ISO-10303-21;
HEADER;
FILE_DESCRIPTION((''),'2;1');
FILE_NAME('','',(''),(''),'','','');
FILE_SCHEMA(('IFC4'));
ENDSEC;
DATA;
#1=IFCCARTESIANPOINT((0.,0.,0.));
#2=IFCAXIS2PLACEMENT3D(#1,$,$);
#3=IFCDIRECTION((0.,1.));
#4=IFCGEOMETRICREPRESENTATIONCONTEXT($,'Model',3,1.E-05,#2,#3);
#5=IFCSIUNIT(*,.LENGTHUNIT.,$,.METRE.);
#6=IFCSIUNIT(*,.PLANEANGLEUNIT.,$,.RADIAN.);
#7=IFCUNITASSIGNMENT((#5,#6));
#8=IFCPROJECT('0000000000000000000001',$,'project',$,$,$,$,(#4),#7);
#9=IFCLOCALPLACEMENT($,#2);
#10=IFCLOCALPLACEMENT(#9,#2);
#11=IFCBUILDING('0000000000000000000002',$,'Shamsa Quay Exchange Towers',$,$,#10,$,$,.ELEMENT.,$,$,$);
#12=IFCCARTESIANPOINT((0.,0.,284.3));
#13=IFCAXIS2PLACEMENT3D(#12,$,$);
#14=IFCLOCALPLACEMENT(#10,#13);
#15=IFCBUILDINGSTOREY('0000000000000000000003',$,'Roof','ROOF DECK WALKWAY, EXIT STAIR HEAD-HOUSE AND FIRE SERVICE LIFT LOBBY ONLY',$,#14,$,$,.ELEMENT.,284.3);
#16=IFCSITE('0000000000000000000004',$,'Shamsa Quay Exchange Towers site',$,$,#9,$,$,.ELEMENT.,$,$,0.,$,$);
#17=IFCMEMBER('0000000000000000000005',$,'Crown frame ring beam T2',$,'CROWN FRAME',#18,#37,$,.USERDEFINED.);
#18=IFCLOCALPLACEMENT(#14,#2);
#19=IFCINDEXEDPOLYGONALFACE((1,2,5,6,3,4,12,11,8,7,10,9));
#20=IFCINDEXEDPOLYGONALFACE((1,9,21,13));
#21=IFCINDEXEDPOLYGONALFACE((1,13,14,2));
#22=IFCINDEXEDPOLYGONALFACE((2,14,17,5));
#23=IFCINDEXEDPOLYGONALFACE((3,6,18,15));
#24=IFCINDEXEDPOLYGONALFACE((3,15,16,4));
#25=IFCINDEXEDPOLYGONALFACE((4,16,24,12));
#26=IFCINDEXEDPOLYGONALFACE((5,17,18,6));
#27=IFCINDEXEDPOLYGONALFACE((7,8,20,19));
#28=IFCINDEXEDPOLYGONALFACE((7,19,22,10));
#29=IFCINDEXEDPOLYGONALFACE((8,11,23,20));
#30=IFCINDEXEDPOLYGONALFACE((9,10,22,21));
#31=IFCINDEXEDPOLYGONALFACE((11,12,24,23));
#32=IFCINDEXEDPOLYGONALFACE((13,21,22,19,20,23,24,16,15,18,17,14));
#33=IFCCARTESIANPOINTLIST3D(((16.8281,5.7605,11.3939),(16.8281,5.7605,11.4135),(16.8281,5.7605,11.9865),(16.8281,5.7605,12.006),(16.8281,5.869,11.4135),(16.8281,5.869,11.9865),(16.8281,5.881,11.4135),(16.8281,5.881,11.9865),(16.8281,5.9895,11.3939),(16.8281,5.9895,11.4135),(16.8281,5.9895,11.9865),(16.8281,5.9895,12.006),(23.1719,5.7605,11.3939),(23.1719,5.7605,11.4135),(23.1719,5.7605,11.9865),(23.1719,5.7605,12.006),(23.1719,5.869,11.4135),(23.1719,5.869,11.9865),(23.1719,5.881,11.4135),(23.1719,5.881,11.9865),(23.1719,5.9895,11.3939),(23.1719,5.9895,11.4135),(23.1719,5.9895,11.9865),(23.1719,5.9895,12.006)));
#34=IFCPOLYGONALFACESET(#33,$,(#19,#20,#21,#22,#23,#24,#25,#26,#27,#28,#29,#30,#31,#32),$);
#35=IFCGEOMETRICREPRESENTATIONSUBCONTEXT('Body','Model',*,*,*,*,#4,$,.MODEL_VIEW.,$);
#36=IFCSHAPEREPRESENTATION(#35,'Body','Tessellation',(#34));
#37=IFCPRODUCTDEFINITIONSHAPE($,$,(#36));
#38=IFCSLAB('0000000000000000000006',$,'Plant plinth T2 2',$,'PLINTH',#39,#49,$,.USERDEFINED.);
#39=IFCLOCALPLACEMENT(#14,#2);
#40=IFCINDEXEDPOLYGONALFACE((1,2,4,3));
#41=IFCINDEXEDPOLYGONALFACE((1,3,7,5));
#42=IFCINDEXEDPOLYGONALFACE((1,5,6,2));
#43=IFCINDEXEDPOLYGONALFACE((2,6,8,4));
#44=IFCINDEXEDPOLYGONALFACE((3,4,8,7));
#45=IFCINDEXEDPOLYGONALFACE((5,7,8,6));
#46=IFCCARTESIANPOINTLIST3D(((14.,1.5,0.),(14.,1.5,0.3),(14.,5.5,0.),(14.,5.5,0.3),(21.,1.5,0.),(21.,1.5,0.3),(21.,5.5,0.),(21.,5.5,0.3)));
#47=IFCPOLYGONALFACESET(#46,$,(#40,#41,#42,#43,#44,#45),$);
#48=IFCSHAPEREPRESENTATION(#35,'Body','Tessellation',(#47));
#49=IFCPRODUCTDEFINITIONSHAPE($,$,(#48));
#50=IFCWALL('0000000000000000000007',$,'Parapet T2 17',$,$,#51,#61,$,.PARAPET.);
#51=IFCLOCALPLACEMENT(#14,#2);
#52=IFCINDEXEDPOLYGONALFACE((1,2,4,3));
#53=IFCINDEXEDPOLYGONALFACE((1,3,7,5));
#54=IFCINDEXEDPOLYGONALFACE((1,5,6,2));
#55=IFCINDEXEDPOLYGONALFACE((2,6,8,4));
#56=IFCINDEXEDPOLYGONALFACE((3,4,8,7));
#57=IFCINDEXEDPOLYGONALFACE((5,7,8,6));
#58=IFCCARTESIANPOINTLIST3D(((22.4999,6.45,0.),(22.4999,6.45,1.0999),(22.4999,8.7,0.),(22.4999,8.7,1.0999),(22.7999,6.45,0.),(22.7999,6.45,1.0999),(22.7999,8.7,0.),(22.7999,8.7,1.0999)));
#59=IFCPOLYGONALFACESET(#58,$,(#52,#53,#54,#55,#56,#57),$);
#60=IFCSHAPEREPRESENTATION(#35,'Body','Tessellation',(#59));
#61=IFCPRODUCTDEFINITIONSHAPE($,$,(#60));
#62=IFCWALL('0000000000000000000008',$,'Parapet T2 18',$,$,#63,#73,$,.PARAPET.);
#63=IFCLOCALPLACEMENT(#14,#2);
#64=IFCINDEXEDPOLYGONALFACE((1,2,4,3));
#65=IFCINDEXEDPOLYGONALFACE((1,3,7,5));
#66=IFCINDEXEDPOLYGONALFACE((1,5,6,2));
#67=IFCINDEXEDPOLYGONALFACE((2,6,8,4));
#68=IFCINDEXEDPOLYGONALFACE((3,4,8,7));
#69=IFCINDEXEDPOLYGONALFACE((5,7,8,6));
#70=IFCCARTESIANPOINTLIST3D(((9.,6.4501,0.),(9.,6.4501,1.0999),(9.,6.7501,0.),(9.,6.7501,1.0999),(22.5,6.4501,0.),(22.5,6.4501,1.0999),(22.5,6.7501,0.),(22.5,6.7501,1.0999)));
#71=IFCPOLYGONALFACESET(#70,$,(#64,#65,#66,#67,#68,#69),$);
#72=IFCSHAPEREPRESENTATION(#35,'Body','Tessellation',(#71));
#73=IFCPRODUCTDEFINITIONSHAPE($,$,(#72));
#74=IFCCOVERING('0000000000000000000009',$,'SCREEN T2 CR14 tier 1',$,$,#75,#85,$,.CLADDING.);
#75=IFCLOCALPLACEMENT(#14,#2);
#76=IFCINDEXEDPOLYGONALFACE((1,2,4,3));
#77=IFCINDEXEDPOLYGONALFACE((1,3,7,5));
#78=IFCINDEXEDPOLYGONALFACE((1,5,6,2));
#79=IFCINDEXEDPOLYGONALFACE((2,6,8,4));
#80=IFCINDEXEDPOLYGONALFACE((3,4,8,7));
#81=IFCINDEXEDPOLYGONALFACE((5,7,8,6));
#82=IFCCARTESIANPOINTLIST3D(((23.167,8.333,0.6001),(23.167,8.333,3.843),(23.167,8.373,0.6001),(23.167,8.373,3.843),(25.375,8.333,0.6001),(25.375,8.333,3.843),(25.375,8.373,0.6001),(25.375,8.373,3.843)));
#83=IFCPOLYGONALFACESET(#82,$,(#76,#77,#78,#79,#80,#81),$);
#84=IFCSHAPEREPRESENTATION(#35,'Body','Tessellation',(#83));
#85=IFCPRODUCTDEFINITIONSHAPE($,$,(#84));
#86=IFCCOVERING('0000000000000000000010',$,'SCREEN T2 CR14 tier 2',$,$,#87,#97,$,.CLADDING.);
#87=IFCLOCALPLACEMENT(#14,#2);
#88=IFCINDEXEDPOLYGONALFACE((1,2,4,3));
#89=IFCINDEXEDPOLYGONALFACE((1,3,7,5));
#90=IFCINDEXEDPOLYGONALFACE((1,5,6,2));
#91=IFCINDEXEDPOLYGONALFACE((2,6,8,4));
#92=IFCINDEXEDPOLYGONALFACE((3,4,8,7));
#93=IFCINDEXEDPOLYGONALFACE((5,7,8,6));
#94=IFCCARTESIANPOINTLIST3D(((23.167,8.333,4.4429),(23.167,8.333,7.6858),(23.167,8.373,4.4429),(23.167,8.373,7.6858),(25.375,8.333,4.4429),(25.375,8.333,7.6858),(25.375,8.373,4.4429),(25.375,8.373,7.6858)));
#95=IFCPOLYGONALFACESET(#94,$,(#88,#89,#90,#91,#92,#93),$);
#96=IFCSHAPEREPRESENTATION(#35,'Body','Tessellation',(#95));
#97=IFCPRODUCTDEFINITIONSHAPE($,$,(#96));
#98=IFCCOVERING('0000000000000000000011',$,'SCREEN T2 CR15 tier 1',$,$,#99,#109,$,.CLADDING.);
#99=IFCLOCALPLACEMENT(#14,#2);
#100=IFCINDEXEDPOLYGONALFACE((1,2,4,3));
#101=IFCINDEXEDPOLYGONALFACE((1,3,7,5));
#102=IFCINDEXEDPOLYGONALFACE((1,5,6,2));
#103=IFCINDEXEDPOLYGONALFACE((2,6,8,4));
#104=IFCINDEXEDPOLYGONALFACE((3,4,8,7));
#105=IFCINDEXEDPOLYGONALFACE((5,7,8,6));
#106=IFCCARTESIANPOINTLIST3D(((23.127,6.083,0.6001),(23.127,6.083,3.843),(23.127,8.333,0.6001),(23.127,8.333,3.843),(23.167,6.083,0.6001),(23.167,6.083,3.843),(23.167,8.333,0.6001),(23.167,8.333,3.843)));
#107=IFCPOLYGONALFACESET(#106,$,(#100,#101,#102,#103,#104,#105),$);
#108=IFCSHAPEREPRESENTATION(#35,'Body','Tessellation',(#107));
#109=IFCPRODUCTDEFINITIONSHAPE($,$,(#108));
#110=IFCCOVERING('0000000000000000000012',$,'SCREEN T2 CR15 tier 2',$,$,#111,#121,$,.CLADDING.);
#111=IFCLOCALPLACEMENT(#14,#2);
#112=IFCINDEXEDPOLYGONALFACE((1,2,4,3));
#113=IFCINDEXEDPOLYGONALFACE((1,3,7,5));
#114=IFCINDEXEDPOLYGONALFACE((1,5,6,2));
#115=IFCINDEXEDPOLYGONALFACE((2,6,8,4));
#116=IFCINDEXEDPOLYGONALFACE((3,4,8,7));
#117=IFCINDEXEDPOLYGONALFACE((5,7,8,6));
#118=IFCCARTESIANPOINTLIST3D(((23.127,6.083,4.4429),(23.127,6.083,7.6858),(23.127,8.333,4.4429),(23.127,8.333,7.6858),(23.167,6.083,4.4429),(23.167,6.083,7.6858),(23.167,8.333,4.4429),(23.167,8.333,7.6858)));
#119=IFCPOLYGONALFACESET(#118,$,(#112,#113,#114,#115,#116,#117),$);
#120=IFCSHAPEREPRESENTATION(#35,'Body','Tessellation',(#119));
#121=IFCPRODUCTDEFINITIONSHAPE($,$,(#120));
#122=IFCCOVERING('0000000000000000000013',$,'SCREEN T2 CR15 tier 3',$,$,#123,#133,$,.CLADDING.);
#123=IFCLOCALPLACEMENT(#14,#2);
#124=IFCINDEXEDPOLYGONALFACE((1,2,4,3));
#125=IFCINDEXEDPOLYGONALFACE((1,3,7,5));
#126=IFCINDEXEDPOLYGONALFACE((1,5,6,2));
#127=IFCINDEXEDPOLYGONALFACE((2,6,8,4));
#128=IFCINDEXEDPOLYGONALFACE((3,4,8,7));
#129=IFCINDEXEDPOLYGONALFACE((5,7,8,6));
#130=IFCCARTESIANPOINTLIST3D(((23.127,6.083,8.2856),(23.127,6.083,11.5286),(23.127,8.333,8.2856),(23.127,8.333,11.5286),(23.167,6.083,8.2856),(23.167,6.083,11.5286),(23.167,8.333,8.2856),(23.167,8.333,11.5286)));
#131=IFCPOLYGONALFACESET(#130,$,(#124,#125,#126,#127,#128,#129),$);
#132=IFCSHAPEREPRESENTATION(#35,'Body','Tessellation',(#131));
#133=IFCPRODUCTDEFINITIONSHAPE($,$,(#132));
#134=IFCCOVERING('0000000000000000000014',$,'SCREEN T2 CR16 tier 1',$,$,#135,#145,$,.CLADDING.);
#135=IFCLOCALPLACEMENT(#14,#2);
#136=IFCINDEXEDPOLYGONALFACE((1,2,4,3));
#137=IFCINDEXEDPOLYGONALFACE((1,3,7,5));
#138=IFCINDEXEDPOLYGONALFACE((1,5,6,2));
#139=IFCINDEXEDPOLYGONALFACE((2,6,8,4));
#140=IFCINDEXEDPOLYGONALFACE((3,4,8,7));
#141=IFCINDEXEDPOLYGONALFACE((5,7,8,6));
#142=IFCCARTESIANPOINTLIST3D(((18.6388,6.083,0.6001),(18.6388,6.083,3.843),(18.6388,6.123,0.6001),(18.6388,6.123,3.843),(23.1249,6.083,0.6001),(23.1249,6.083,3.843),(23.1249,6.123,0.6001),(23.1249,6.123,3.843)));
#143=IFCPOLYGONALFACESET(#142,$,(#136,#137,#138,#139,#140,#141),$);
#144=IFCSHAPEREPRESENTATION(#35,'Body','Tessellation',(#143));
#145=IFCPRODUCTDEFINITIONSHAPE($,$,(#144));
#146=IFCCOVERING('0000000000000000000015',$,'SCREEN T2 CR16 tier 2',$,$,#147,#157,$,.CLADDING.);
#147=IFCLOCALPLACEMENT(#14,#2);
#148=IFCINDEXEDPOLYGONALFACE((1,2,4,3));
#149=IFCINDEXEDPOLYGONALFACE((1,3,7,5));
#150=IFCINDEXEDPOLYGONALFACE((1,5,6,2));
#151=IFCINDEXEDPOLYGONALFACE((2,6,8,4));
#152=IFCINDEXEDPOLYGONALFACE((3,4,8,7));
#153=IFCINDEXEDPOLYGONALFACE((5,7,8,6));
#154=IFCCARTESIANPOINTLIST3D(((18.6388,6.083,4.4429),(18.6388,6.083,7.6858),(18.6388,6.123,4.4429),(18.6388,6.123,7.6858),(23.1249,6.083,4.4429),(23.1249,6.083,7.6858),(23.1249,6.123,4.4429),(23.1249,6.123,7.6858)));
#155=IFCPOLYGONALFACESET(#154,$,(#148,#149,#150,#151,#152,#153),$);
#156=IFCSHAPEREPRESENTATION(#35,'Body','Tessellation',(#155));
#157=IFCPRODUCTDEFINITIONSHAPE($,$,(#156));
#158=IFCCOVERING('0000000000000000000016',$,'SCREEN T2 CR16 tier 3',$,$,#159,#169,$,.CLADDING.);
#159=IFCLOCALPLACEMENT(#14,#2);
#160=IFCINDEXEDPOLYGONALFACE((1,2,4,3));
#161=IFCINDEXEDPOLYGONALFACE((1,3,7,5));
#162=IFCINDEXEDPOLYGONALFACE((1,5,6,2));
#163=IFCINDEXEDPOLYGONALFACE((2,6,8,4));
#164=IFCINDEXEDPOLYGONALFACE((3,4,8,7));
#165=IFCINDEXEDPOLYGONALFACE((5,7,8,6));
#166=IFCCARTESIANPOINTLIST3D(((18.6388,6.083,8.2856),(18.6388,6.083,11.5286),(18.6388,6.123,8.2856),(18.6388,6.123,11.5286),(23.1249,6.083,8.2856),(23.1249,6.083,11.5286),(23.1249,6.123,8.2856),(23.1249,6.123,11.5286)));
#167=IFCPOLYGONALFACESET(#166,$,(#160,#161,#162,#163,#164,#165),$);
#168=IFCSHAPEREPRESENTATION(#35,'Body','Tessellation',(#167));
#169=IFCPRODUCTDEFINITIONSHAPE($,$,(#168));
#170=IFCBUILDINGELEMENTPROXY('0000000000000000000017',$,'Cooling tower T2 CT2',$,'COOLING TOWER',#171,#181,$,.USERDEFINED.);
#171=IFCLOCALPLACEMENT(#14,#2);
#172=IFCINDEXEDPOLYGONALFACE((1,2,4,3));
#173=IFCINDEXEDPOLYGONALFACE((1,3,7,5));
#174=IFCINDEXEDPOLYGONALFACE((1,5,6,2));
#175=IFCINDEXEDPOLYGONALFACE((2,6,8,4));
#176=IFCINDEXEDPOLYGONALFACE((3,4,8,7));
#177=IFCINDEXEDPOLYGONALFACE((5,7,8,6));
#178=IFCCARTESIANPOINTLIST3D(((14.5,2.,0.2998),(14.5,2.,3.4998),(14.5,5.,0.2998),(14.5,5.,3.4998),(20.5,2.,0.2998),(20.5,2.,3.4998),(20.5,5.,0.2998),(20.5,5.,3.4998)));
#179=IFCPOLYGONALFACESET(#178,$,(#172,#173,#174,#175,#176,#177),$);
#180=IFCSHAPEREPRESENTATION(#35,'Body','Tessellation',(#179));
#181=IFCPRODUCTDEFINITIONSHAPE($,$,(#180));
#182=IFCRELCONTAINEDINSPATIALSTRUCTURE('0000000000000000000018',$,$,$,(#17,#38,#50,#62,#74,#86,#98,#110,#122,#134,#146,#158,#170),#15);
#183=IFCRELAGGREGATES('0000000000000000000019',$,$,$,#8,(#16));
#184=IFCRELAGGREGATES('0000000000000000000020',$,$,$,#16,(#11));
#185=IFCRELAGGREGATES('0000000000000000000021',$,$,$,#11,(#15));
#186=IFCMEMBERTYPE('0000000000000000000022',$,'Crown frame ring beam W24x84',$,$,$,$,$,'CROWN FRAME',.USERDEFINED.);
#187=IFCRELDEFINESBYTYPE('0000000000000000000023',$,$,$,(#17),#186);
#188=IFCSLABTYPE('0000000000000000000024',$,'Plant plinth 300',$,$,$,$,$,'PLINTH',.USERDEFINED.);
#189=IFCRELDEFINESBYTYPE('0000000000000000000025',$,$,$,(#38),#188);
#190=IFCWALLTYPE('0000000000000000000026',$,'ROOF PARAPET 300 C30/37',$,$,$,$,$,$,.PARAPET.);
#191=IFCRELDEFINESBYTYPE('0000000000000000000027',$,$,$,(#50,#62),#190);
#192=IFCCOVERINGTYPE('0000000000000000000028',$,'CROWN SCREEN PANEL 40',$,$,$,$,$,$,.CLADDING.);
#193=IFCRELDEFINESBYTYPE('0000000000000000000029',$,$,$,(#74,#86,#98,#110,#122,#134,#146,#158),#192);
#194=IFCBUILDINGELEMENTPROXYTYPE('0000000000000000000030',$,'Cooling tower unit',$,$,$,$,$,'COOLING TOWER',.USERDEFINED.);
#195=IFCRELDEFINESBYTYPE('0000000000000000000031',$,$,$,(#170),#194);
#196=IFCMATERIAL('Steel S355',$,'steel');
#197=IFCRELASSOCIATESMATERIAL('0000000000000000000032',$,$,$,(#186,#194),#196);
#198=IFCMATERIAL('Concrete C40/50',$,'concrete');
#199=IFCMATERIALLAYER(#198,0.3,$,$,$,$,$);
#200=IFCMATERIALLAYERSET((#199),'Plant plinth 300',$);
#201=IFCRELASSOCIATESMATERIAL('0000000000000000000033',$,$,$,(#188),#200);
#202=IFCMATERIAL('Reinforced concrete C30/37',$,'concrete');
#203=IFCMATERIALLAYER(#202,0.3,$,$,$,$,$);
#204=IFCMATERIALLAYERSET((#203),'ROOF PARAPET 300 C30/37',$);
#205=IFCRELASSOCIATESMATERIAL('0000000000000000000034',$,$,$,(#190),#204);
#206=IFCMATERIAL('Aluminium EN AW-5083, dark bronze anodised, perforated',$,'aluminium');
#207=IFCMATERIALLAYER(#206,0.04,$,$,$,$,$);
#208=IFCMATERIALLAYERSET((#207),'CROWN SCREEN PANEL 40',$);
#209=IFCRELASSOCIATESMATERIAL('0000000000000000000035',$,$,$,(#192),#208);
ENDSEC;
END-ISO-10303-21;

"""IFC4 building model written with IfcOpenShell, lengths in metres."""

from ifc_helpers import new_model, si_unit, direction, frame, frame_2d, origin, origin_2d, place, context, subcontext, project, spatial, rectangle, i_section, extrude, material, layer, layer_set, material_profile, profile_set, type_object, element, save


model = new_model("IFC4")

# Units and contexts
model_context = context("Model", 3, precision=1e-05, world=origin(), true_north=direction((0.0, 1.0)))
body_context = subcontext(model_context, "Body", "Model", "MODEL_VIEW")
ifc_project = project(units=[si_unit("LENGTHUNIT", "METRE"), si_unit("PLANEANGLEUNIT", "RADIAN")], contexts=[model_context])

# Site, building, storey
site_placement = place(None, origin())
site = spatial("IfcSite", under=ifc_project, at=site_placement, Name="Shamsa Quay Exchange Towers site", CompositionType="ELEMENT", RefElevation=0.0)
building_placement = place(site_placement, origin())
building = spatial("IfcBuilding", under=site, at=building_placement, Name="Shamsa Quay Exchange Towers", CompositionType="ELEMENT")
storey_placement = place(building_placement, frame((0.0, 0.0, 284.3)))
storey = spatial("IfcBuildingStorey", under=building, at=storey_placement, Name="Roof", Description="ROOF DECK WALKWAY, EXIT STAIR HEAD-HOUSE AND FIRE SERVICE LIFT LOBBY ONLY", CompositionType="ELEMENT", Elevation=284.3)

# Member
ifc_material_1 = material(Name="Steel S355", Category="steel")
ifc_material_profile_1 = material_profile(ifc_material_1, i_section(OverallWidth=0.229, OverallDepth=0.6121, WebThickness=0.012, FlangeThickness=0.0195, at=origin_2d()), Name="W24x84")
ifc_profile_set_1 = profile_set([ifc_material_profile_1], Name="Steel S355")
member_type_1 = type_object("IfcMemberType", Name="Crown frame ring beam W24x84", ElementType="CROWN FRAME", PredefinedType="USERDEFINED", material=ifc_profile_set_1)
member_1_placement = place(storey_placement, frame((23.1719, 5.875, 11.7), z_axis=(-1.0, 0.0, 0.0), x_axis=(0.0, -1.0, 0.0)))
element("IfcMember", 1, at=member_1_placement, inside=storey, type_object=member_type_1, Name="Crown frame ring beam T2", ObjectType="CROWN FRAME", PredefinedType="USERDEFINED", context=body_context, shape_type="SweptSolid", body=[
    extrude(i_section(OverallWidth=0.229, OverallDepth=0.6121, WebThickness=0.012, FlangeThickness=0.0195, at=origin_2d()), origin(), (0.0, 0.0, 1.0), 6.3438),
])

# Slab
ifc_material_2 = material(Name="Concrete C40/50", Category="concrete")
ifc_layer_1 = layer(ifc_material_2, 0.3)
ifc_layer_set_1 = layer_set([ifc_layer_1], Name="Plant plinth 300")
slab_type = type_object("IfcSlabType", Name="Plant plinth 300", ElementType="PLINTH", PredefinedType="USERDEFINED", material=ifc_layer_set_1)
slab_placement = place(storey_placement, frame((17.5, 3.5, 0.0)))
element("IfcSlab", 2, at=slab_placement, inside=storey, type_object=slab_type, Name="Plant plinth T2 2", ObjectType="PLINTH", PredefinedType="USERDEFINED", context=body_context, shape_type="SweptSolid", body=[
    extrude(rectangle(XDim=7.0, YDim=4.0, at=origin_2d()), origin(), (0.0, 0.0, 1.0), 0.3),
])

# Walls
ifc_material_3 = material(Name="Reinforced concrete C30/37", Category="concrete")
ifc_layer_2 = layer(ifc_material_3, 0.3)
ifc_layer_set_2 = layer_set([ifc_layer_2], Name="ROOF PARAPET 300 C30/37")
wall_type = type_object("IfcWallType", Name="ROOF PARAPET 300 C30/37", PredefinedType="PARAPET", material=ifc_layer_set_2)
wall_1_placement = place(storey_placement, frame((22.6499, 8.7, 0.0), z_axis=(0.0, 0.0, 1.0), x_axis=(0.0, -1.0, 0.0)))
element("IfcWall", 3, at=wall_1_placement, inside=storey, type_object=wall_type, Name="Parapet T2 17", PredefinedType="PARAPET", context=body_context, shape_type="SweptSolid", body=[
    extrude(rectangle(XDim=2.25, YDim=0.3, at=frame_2d((1.125, 0.0))), origin(), (0.0, 0.0, 1.0), 1.0999),
])
wall_2_placement = place(storey_placement, frame((22.5, 6.6001, 0.0), z_axis=(0.0, 0.0, 1.0), x_axis=(-1.0, 0.0, 0.0)))
element("IfcWall", 4, at=wall_2_placement, inside=storey, type_object=wall_type, Name="Parapet T2 18", PredefinedType="PARAPET", context=body_context, shape_type="SweptSolid", body=[
    extrude(rectangle(XDim=13.5, YDim=0.3, at=frame_2d((6.75, 0.0))), origin(), (0.0, 0.0, 1.0), 1.0999),
])

# Coverings
ifc_material_4 = material(Name="Aluminium EN AW-5083, dark bronze anodised, perforated", Category="aluminium")
ifc_layer_3 = layer(ifc_material_4, 0.04)
ifc_layer_set_3 = layer_set([ifc_layer_3], Name="CROWN SCREEN PANEL 40")
covering_type = type_object("IfcCoveringType", Name="CROWN SCREEN PANEL 40", PredefinedType="CLADDING", material=ifc_layer_set_3)
for number, where, z_axis, x_axis, name in (
    (5, (24.271, 8.353, 0.6001), (0.0, 0.0, 1.0), (-1.0, 0.0, 0.0), "SCREEN T2 CR14 tier 1"),
    (6, (24.271, 8.353, 4.4429), (0.0, 0.0, 1.0), (-1.0, 0.0, 0.0), "SCREEN T2 CR14 tier 2"),
):
    element("IfcCovering", number, at=place(storey_placement, frame(where, z_axis=z_axis, x_axis=x_axis)), inside=storey, type_object=covering_type, Name=name, PredefinedType="CLADDING", context=body_context, shape_type="SweptSolid", body=[
        extrude(rectangle(XDim=2.208, YDim=0.04, at=origin_2d()), origin(), (0.0, 0.0, 1.0), 3.2429),
    ])
for number, where, z_axis, x_axis, name in (
    (7, (23.147, 7.208, 0.6001), (0.0, 0.0, 1.0), (0.0, -1.0, 0.0), "SCREEN T2 CR15 tier 1"),
    (8, (23.147, 7.208, 4.4429), (0.0, 0.0, 1.0), (0.0, -1.0, 0.0), "SCREEN T2 CR15 tier 2"),
    (9, (23.147, 7.208, 8.2856), (0.0, 0.0, 1.0), (0.0, -1.0, 0.0), "SCREEN T2 CR15 tier 3"),
):
    element("IfcCovering", number, at=place(storey_placement, frame(where, z_axis=z_axis, x_axis=x_axis)), inside=storey, type_object=covering_type, Name=name, PredefinedType="CLADDING", context=body_context, shape_type="SweptSolid", body=[
        extrude(rectangle(XDim=2.25, YDim=0.04, at=origin_2d()), origin(), (0.0, 0.0, 1.0), 3.2429),
    ])
for number, where, z_axis, x_axis, name in (
    (10, (20.8818, 6.103, 0.6001), (0.0, 0.0, 1.0), (-1.0, 0.0, 0.0), "SCREEN T2 CR16 tier 1"),
    (11, (20.8818, 6.103, 4.4429), (0.0, 0.0, 1.0), (-1.0, 0.0, 0.0), "SCREEN T2 CR16 tier 2"),
    (12, (20.8818, 6.103, 8.2856), (0.0, 0.0, 1.0), (-1.0, 0.0, 0.0), "SCREEN T2 CR16 tier 3"),
):
    element("IfcCovering", number, at=place(storey_placement, frame(where, z_axis=z_axis, x_axis=x_axis)), inside=storey, type_object=covering_type, Name=name, PredefinedType="CLADDING", context=body_context, shape_type="SweptSolid", body=[
        extrude(rectangle(XDim=4.4861, YDim=0.04, at=origin_2d()), origin(), (0.0, 0.0, 1.0), 3.2429),
    ])

# Building element proxy
building_element_proxy_type = type_object("IfcBuildingElementProxyType", Name="Cooling tower unit", ElementType="COOLING TOWER", PredefinedType="USERDEFINED", material=ifc_material_1)
proxy_placement = place(storey_placement, frame((17.5, 3.5, 0.2998)))
element("IfcBuildingElementProxy", 13, at=proxy_placement, inside=storey, type_object=building_element_proxy_type, Name="Cooling tower T2 CT2", ObjectType="COOLING TOWER", PredefinedType="USERDEFINED", context=body_context, shape_type="SweptSolid", body=[
    extrude(rectangle(XDim=6.0, YDim=3.0, at=origin_2d()), origin(), (0.0, 0.0, 1.0), 3.2),
])

save(model, "model.ifc")
